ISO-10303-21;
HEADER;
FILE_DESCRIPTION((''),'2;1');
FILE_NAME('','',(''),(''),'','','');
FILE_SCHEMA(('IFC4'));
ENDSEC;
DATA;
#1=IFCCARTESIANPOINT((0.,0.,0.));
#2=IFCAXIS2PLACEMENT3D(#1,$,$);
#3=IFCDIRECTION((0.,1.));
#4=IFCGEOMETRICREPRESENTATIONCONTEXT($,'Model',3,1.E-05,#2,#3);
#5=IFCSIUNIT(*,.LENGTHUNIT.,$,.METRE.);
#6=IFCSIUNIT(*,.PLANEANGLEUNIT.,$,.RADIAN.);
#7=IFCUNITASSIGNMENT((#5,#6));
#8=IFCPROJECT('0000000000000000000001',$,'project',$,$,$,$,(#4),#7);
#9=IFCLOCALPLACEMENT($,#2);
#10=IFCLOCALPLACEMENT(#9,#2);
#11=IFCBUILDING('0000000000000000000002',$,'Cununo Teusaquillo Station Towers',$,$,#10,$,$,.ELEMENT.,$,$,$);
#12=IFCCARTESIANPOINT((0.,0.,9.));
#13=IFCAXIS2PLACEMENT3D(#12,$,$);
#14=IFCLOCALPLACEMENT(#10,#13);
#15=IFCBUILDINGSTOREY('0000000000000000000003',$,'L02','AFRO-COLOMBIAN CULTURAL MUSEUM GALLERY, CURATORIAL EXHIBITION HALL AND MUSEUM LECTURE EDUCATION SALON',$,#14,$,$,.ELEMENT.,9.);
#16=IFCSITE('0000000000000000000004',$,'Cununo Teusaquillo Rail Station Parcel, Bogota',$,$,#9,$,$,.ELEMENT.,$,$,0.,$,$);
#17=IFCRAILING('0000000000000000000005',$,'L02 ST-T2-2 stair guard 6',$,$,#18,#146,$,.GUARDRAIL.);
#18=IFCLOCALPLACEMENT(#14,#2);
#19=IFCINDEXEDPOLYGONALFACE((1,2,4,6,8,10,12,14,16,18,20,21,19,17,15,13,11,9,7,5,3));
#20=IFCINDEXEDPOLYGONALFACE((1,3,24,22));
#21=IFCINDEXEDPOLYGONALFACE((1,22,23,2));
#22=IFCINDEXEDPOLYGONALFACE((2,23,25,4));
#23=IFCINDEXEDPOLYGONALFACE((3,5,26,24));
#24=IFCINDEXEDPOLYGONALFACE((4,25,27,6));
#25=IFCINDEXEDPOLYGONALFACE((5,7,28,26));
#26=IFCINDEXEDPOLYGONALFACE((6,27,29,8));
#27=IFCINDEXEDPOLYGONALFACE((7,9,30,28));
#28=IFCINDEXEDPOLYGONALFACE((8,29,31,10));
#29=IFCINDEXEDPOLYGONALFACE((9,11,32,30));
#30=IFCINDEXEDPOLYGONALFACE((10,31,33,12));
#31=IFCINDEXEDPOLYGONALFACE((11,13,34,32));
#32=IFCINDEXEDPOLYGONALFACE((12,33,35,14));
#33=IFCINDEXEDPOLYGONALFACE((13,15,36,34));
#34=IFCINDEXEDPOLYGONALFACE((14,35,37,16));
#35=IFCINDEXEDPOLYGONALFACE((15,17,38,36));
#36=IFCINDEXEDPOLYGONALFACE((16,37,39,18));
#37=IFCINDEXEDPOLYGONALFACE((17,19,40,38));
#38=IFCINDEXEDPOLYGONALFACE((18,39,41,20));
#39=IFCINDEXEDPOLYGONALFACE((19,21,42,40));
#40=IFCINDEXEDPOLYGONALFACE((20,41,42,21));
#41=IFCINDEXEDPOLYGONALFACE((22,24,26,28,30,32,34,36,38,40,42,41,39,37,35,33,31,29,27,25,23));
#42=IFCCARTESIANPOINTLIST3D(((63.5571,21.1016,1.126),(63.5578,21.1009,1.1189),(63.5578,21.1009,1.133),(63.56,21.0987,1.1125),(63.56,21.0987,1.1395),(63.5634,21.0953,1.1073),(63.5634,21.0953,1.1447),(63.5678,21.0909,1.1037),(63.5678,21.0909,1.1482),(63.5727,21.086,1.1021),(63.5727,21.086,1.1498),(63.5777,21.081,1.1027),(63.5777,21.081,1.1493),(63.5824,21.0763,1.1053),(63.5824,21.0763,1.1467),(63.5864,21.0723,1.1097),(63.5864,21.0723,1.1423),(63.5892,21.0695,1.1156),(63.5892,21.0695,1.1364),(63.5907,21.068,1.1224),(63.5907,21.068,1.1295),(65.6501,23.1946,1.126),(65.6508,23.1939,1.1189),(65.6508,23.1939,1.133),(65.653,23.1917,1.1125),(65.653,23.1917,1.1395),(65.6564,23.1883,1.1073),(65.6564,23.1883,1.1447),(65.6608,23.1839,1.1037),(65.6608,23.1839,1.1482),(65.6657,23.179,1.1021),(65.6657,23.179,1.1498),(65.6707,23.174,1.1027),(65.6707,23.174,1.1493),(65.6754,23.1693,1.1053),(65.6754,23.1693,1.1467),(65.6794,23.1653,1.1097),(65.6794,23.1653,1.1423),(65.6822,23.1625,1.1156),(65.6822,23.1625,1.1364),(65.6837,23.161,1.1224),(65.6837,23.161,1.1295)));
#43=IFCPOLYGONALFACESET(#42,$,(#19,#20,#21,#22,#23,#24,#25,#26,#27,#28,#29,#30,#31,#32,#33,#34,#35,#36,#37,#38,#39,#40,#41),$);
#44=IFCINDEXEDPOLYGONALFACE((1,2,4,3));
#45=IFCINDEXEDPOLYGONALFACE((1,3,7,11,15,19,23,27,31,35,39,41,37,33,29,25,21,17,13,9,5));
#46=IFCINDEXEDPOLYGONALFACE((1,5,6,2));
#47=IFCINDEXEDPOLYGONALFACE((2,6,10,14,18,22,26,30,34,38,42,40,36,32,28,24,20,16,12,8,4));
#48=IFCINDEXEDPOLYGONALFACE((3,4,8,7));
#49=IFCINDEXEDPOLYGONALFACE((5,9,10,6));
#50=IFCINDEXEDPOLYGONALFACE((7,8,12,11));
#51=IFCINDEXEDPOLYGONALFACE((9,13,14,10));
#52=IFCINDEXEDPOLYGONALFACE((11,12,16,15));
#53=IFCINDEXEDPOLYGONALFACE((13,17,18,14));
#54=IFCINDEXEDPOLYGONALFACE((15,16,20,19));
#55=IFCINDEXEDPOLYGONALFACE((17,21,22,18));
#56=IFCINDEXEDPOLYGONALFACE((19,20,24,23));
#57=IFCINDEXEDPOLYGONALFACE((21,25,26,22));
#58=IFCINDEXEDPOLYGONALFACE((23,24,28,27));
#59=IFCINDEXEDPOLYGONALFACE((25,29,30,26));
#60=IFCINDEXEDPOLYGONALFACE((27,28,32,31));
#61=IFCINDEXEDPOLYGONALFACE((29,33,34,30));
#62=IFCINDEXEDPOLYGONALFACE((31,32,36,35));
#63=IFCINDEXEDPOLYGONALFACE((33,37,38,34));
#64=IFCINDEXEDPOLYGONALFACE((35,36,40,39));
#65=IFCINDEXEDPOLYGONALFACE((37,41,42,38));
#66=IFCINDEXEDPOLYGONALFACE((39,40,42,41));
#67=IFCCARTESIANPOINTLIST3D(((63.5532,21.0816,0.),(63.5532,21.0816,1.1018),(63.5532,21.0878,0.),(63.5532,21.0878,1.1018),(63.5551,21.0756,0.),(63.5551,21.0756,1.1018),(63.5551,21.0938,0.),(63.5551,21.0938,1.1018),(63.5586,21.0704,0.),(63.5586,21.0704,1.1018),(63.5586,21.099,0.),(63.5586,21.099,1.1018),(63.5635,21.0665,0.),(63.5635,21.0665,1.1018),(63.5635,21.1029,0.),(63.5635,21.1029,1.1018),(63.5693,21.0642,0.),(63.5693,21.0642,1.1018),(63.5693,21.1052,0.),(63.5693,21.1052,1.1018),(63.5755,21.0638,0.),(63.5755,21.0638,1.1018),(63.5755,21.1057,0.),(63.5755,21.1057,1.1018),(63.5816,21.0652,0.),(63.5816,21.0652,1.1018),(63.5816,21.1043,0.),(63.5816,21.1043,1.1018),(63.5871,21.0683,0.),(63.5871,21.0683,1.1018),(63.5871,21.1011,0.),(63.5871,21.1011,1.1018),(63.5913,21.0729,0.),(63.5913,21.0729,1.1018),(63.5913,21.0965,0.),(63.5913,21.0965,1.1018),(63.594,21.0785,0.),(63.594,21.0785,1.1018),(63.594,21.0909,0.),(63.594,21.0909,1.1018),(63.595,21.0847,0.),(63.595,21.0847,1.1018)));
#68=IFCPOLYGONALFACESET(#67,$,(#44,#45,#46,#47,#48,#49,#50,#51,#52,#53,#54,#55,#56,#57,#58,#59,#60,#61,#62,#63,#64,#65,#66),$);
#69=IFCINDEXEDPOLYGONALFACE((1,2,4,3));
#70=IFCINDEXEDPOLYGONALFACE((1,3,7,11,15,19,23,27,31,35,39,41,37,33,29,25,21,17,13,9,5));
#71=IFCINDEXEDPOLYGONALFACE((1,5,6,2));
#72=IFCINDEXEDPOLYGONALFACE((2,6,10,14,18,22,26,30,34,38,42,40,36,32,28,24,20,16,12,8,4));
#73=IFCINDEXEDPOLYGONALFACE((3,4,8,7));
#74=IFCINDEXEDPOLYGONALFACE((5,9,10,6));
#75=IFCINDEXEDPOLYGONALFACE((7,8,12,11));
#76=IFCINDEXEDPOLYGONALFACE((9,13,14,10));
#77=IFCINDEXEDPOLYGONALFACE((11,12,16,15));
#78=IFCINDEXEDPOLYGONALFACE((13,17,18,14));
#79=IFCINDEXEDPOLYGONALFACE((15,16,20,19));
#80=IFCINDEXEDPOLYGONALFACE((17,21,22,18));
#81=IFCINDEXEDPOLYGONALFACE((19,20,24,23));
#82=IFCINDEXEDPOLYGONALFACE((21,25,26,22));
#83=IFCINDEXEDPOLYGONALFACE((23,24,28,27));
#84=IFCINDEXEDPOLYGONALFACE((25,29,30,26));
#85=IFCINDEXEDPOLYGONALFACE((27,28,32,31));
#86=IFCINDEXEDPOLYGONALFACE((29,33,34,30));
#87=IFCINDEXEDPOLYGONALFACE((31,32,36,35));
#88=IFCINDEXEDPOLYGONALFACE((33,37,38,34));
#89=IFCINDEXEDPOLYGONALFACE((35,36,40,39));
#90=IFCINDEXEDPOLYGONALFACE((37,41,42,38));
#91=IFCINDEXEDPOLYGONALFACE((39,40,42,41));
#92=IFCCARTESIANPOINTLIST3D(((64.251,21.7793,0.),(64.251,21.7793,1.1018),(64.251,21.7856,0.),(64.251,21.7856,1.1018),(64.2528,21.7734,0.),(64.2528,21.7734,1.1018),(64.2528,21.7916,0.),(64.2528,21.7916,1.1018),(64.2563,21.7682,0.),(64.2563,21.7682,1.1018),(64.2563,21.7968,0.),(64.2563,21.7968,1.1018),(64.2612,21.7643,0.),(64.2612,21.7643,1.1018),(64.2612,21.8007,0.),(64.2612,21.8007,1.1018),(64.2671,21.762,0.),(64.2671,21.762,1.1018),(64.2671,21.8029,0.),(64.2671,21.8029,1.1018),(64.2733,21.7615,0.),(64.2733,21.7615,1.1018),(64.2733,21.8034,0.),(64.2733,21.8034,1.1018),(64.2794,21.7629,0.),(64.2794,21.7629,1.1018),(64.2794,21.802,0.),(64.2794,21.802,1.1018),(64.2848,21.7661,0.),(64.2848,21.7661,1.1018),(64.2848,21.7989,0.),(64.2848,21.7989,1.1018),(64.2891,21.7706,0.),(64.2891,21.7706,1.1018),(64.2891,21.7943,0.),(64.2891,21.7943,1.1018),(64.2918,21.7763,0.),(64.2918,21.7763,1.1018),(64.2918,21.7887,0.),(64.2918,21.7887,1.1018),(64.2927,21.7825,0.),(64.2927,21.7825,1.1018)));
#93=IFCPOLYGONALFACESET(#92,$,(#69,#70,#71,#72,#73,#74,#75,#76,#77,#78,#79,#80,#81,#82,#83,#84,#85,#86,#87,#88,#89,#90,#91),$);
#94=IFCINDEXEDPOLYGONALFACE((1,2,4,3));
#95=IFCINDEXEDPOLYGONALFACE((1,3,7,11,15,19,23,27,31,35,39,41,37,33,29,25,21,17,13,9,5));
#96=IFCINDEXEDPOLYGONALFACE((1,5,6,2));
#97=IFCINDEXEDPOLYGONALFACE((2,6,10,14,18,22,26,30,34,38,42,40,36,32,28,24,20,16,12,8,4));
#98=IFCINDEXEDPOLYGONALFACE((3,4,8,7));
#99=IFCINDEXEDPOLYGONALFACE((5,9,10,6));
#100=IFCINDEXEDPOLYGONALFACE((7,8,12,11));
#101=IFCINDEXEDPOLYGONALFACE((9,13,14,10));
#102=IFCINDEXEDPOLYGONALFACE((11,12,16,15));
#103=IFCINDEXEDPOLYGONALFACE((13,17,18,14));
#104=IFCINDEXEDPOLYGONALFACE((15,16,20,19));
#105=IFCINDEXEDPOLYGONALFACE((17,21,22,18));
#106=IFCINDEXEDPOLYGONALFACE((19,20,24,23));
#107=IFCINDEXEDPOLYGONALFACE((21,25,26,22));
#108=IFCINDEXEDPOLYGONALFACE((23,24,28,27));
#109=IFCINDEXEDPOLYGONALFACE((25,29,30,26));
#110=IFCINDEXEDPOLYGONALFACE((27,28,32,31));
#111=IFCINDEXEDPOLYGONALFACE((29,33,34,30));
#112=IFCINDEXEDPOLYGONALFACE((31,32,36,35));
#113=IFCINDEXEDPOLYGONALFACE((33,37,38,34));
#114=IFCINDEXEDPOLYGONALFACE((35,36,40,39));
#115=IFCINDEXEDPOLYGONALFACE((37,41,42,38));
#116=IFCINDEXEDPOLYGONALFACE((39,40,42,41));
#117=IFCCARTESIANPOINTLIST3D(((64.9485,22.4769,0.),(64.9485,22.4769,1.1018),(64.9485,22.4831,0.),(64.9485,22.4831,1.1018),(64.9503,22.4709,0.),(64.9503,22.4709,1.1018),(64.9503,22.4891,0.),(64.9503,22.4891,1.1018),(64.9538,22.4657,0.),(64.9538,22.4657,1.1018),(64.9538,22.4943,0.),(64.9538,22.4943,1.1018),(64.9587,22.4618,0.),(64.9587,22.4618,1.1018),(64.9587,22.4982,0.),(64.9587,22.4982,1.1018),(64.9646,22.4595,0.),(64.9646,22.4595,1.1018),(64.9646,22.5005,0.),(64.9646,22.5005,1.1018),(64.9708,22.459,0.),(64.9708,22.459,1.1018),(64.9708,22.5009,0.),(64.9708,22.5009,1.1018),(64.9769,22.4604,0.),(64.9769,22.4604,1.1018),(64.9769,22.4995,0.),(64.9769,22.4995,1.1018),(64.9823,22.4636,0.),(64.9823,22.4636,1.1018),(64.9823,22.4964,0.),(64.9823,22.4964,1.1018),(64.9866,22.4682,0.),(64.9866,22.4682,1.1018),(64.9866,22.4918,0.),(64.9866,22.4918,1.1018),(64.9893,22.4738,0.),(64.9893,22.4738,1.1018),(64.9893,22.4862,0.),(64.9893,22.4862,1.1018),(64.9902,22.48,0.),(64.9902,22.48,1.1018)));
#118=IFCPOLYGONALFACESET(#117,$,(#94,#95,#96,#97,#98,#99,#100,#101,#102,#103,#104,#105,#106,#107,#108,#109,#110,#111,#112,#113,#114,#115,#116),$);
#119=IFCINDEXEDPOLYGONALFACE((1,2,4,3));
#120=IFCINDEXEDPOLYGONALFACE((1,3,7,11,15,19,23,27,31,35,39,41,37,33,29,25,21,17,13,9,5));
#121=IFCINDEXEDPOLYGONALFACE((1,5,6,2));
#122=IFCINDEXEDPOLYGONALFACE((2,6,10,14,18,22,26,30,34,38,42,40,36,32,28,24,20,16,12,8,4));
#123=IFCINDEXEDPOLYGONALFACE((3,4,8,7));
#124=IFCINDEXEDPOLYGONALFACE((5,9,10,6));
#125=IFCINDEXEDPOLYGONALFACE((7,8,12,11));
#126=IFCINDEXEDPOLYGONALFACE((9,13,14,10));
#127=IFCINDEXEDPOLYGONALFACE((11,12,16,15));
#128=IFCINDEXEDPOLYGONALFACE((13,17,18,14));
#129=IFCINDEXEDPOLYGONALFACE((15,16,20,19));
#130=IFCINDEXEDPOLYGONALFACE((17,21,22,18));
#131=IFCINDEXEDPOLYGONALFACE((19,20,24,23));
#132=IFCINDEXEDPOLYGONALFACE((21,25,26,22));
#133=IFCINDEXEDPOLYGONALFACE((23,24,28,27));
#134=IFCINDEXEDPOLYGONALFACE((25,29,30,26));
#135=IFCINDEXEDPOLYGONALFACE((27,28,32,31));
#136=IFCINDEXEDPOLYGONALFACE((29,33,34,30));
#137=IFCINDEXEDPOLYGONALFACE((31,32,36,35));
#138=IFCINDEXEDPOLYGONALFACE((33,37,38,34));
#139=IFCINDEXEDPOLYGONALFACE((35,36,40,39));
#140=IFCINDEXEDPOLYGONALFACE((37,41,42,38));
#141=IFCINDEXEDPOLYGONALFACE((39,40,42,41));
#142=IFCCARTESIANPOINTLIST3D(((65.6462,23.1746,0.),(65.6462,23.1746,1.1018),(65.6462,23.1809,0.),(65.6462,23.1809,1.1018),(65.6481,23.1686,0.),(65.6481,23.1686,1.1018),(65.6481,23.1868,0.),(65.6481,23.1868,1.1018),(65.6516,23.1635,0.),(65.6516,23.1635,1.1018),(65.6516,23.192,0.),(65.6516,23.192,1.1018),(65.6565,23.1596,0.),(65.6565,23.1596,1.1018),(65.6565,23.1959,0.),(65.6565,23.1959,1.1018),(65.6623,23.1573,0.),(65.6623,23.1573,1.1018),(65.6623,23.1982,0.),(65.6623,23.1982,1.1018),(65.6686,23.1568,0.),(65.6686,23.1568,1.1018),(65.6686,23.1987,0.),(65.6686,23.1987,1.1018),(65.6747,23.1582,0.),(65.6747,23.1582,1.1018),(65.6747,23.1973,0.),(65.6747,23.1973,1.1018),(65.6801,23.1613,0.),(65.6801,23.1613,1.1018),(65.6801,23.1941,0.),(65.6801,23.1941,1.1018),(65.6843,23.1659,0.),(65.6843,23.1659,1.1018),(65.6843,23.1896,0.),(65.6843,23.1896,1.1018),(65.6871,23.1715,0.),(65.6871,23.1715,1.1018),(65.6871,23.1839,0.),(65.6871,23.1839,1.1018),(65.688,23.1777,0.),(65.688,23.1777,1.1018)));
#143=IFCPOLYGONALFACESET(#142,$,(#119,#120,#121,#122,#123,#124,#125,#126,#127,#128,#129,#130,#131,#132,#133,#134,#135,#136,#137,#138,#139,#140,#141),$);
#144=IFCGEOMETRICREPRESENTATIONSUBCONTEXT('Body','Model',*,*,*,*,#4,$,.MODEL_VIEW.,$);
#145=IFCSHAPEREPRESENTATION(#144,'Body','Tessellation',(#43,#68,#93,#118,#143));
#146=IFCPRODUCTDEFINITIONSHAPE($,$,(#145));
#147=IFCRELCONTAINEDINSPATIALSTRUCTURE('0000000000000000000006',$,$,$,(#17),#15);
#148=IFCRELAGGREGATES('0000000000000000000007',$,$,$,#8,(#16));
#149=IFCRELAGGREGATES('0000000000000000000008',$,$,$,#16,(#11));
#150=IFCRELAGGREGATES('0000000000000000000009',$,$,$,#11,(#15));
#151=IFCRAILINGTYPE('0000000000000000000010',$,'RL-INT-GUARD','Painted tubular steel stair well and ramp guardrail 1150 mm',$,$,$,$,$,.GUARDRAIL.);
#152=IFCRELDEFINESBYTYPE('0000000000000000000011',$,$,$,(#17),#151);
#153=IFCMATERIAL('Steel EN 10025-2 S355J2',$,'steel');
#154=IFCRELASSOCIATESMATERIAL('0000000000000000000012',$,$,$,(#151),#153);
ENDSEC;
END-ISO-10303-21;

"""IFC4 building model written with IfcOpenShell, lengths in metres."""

from ifc_helpers import new_model, si_unit, direction, frame, origin, origin_2d, place, context, subcontext, project, spatial, circle, extrude, material, type_object, element, save


model = new_model("IFC4")

# Units and contexts
model_context = context("Model", 3, precision=1e-05, world=origin(), true_north=direction((0.0, 1.0)))
body_context = subcontext(model_context, "Body", "Model", "MODEL_VIEW")
ifc_project = project(units=[si_unit("LENGTHUNIT", "METRE"), si_unit("PLANEANGLEUNIT", "RADIAN")], contexts=[model_context])

# Site, building, storey
site_placement = place(None, origin())
site = spatial("IfcSite", under=ifc_project, at=site_placement, Name="Cununo Teusaquillo Rail Station Parcel, Bogota", CompositionType="ELEMENT", RefElevation=0.0)
building_placement = place(site_placement, origin())
building = spatial("IfcBuilding", under=site, at=building_placement, Name="Cununo Teusaquillo Station Towers", CompositionType="ELEMENT")
storey_placement = place(building_placement, frame((0.0, 0.0, 9.0)))
storey = spatial("IfcBuildingStorey", under=building, at=storey_placement, Name="L02", Description="AFRO-COLOMBIAN CULTURAL MUSEUM GALLERY, CURATORIAL EXHIBITION HALL AND MUSEUM LECTURE EDUCATION SALON", CompositionType="ELEMENT", Elevation=9.0)

# Railing
ifc_material_1 = material(Name="Steel EN 10025-2 S355J2", Category="steel")
railing_type = type_object("IfcRailingType", Name="RL-INT-GUARD", Description="Painted tubular steel stair well and ramp guardrail 1150 mm", PredefinedType="GUARDRAIL", material=ifc_material_1)
railing_placement = place(storey_placement, frame((63.574, 21.0847, 0.0)))
element("IfcRailing", 1, at=railing_placement, inside=storey, type_object=railing_type, Name="L02 ST-T2-2 stair guard 6", PredefinedType="GUARDRAIL", context=body_context, shape_type="SweptSolid", body=[
    extrude(circle(Radius=0.0239, at=origin_2d()), frame((0.0, 0.0, 1.126), z_axis=(0.707107, 0.707107, 0.0), x_axis=(-0.707107, 0.707107, 0.0)), (0.0, 0.0, 1.0), 2.96),
    extrude(circle(Radius=0.021, at=origin_2d()), origin(), (0.0, 0.0, 1.0), 1.1018),
    extrude(circle(Radius=0.021, at=origin_2d()), frame((0.6978, 0.6978, 0.0)), (0.0, 0.0, 1.0), 1.1018),
    extrude(circle(Radius=0.021, at=origin_2d()), frame((1.3953, 1.3953, 0.0)), (0.0, 0.0, 1.0), 1.1018),
    extrude(circle(Radius=0.021, at=origin_2d()), frame((2.093, 2.093, 0.0)), (0.0, 0.0, 1.0), 1.1018),
])

save(model, "model.ifc")
